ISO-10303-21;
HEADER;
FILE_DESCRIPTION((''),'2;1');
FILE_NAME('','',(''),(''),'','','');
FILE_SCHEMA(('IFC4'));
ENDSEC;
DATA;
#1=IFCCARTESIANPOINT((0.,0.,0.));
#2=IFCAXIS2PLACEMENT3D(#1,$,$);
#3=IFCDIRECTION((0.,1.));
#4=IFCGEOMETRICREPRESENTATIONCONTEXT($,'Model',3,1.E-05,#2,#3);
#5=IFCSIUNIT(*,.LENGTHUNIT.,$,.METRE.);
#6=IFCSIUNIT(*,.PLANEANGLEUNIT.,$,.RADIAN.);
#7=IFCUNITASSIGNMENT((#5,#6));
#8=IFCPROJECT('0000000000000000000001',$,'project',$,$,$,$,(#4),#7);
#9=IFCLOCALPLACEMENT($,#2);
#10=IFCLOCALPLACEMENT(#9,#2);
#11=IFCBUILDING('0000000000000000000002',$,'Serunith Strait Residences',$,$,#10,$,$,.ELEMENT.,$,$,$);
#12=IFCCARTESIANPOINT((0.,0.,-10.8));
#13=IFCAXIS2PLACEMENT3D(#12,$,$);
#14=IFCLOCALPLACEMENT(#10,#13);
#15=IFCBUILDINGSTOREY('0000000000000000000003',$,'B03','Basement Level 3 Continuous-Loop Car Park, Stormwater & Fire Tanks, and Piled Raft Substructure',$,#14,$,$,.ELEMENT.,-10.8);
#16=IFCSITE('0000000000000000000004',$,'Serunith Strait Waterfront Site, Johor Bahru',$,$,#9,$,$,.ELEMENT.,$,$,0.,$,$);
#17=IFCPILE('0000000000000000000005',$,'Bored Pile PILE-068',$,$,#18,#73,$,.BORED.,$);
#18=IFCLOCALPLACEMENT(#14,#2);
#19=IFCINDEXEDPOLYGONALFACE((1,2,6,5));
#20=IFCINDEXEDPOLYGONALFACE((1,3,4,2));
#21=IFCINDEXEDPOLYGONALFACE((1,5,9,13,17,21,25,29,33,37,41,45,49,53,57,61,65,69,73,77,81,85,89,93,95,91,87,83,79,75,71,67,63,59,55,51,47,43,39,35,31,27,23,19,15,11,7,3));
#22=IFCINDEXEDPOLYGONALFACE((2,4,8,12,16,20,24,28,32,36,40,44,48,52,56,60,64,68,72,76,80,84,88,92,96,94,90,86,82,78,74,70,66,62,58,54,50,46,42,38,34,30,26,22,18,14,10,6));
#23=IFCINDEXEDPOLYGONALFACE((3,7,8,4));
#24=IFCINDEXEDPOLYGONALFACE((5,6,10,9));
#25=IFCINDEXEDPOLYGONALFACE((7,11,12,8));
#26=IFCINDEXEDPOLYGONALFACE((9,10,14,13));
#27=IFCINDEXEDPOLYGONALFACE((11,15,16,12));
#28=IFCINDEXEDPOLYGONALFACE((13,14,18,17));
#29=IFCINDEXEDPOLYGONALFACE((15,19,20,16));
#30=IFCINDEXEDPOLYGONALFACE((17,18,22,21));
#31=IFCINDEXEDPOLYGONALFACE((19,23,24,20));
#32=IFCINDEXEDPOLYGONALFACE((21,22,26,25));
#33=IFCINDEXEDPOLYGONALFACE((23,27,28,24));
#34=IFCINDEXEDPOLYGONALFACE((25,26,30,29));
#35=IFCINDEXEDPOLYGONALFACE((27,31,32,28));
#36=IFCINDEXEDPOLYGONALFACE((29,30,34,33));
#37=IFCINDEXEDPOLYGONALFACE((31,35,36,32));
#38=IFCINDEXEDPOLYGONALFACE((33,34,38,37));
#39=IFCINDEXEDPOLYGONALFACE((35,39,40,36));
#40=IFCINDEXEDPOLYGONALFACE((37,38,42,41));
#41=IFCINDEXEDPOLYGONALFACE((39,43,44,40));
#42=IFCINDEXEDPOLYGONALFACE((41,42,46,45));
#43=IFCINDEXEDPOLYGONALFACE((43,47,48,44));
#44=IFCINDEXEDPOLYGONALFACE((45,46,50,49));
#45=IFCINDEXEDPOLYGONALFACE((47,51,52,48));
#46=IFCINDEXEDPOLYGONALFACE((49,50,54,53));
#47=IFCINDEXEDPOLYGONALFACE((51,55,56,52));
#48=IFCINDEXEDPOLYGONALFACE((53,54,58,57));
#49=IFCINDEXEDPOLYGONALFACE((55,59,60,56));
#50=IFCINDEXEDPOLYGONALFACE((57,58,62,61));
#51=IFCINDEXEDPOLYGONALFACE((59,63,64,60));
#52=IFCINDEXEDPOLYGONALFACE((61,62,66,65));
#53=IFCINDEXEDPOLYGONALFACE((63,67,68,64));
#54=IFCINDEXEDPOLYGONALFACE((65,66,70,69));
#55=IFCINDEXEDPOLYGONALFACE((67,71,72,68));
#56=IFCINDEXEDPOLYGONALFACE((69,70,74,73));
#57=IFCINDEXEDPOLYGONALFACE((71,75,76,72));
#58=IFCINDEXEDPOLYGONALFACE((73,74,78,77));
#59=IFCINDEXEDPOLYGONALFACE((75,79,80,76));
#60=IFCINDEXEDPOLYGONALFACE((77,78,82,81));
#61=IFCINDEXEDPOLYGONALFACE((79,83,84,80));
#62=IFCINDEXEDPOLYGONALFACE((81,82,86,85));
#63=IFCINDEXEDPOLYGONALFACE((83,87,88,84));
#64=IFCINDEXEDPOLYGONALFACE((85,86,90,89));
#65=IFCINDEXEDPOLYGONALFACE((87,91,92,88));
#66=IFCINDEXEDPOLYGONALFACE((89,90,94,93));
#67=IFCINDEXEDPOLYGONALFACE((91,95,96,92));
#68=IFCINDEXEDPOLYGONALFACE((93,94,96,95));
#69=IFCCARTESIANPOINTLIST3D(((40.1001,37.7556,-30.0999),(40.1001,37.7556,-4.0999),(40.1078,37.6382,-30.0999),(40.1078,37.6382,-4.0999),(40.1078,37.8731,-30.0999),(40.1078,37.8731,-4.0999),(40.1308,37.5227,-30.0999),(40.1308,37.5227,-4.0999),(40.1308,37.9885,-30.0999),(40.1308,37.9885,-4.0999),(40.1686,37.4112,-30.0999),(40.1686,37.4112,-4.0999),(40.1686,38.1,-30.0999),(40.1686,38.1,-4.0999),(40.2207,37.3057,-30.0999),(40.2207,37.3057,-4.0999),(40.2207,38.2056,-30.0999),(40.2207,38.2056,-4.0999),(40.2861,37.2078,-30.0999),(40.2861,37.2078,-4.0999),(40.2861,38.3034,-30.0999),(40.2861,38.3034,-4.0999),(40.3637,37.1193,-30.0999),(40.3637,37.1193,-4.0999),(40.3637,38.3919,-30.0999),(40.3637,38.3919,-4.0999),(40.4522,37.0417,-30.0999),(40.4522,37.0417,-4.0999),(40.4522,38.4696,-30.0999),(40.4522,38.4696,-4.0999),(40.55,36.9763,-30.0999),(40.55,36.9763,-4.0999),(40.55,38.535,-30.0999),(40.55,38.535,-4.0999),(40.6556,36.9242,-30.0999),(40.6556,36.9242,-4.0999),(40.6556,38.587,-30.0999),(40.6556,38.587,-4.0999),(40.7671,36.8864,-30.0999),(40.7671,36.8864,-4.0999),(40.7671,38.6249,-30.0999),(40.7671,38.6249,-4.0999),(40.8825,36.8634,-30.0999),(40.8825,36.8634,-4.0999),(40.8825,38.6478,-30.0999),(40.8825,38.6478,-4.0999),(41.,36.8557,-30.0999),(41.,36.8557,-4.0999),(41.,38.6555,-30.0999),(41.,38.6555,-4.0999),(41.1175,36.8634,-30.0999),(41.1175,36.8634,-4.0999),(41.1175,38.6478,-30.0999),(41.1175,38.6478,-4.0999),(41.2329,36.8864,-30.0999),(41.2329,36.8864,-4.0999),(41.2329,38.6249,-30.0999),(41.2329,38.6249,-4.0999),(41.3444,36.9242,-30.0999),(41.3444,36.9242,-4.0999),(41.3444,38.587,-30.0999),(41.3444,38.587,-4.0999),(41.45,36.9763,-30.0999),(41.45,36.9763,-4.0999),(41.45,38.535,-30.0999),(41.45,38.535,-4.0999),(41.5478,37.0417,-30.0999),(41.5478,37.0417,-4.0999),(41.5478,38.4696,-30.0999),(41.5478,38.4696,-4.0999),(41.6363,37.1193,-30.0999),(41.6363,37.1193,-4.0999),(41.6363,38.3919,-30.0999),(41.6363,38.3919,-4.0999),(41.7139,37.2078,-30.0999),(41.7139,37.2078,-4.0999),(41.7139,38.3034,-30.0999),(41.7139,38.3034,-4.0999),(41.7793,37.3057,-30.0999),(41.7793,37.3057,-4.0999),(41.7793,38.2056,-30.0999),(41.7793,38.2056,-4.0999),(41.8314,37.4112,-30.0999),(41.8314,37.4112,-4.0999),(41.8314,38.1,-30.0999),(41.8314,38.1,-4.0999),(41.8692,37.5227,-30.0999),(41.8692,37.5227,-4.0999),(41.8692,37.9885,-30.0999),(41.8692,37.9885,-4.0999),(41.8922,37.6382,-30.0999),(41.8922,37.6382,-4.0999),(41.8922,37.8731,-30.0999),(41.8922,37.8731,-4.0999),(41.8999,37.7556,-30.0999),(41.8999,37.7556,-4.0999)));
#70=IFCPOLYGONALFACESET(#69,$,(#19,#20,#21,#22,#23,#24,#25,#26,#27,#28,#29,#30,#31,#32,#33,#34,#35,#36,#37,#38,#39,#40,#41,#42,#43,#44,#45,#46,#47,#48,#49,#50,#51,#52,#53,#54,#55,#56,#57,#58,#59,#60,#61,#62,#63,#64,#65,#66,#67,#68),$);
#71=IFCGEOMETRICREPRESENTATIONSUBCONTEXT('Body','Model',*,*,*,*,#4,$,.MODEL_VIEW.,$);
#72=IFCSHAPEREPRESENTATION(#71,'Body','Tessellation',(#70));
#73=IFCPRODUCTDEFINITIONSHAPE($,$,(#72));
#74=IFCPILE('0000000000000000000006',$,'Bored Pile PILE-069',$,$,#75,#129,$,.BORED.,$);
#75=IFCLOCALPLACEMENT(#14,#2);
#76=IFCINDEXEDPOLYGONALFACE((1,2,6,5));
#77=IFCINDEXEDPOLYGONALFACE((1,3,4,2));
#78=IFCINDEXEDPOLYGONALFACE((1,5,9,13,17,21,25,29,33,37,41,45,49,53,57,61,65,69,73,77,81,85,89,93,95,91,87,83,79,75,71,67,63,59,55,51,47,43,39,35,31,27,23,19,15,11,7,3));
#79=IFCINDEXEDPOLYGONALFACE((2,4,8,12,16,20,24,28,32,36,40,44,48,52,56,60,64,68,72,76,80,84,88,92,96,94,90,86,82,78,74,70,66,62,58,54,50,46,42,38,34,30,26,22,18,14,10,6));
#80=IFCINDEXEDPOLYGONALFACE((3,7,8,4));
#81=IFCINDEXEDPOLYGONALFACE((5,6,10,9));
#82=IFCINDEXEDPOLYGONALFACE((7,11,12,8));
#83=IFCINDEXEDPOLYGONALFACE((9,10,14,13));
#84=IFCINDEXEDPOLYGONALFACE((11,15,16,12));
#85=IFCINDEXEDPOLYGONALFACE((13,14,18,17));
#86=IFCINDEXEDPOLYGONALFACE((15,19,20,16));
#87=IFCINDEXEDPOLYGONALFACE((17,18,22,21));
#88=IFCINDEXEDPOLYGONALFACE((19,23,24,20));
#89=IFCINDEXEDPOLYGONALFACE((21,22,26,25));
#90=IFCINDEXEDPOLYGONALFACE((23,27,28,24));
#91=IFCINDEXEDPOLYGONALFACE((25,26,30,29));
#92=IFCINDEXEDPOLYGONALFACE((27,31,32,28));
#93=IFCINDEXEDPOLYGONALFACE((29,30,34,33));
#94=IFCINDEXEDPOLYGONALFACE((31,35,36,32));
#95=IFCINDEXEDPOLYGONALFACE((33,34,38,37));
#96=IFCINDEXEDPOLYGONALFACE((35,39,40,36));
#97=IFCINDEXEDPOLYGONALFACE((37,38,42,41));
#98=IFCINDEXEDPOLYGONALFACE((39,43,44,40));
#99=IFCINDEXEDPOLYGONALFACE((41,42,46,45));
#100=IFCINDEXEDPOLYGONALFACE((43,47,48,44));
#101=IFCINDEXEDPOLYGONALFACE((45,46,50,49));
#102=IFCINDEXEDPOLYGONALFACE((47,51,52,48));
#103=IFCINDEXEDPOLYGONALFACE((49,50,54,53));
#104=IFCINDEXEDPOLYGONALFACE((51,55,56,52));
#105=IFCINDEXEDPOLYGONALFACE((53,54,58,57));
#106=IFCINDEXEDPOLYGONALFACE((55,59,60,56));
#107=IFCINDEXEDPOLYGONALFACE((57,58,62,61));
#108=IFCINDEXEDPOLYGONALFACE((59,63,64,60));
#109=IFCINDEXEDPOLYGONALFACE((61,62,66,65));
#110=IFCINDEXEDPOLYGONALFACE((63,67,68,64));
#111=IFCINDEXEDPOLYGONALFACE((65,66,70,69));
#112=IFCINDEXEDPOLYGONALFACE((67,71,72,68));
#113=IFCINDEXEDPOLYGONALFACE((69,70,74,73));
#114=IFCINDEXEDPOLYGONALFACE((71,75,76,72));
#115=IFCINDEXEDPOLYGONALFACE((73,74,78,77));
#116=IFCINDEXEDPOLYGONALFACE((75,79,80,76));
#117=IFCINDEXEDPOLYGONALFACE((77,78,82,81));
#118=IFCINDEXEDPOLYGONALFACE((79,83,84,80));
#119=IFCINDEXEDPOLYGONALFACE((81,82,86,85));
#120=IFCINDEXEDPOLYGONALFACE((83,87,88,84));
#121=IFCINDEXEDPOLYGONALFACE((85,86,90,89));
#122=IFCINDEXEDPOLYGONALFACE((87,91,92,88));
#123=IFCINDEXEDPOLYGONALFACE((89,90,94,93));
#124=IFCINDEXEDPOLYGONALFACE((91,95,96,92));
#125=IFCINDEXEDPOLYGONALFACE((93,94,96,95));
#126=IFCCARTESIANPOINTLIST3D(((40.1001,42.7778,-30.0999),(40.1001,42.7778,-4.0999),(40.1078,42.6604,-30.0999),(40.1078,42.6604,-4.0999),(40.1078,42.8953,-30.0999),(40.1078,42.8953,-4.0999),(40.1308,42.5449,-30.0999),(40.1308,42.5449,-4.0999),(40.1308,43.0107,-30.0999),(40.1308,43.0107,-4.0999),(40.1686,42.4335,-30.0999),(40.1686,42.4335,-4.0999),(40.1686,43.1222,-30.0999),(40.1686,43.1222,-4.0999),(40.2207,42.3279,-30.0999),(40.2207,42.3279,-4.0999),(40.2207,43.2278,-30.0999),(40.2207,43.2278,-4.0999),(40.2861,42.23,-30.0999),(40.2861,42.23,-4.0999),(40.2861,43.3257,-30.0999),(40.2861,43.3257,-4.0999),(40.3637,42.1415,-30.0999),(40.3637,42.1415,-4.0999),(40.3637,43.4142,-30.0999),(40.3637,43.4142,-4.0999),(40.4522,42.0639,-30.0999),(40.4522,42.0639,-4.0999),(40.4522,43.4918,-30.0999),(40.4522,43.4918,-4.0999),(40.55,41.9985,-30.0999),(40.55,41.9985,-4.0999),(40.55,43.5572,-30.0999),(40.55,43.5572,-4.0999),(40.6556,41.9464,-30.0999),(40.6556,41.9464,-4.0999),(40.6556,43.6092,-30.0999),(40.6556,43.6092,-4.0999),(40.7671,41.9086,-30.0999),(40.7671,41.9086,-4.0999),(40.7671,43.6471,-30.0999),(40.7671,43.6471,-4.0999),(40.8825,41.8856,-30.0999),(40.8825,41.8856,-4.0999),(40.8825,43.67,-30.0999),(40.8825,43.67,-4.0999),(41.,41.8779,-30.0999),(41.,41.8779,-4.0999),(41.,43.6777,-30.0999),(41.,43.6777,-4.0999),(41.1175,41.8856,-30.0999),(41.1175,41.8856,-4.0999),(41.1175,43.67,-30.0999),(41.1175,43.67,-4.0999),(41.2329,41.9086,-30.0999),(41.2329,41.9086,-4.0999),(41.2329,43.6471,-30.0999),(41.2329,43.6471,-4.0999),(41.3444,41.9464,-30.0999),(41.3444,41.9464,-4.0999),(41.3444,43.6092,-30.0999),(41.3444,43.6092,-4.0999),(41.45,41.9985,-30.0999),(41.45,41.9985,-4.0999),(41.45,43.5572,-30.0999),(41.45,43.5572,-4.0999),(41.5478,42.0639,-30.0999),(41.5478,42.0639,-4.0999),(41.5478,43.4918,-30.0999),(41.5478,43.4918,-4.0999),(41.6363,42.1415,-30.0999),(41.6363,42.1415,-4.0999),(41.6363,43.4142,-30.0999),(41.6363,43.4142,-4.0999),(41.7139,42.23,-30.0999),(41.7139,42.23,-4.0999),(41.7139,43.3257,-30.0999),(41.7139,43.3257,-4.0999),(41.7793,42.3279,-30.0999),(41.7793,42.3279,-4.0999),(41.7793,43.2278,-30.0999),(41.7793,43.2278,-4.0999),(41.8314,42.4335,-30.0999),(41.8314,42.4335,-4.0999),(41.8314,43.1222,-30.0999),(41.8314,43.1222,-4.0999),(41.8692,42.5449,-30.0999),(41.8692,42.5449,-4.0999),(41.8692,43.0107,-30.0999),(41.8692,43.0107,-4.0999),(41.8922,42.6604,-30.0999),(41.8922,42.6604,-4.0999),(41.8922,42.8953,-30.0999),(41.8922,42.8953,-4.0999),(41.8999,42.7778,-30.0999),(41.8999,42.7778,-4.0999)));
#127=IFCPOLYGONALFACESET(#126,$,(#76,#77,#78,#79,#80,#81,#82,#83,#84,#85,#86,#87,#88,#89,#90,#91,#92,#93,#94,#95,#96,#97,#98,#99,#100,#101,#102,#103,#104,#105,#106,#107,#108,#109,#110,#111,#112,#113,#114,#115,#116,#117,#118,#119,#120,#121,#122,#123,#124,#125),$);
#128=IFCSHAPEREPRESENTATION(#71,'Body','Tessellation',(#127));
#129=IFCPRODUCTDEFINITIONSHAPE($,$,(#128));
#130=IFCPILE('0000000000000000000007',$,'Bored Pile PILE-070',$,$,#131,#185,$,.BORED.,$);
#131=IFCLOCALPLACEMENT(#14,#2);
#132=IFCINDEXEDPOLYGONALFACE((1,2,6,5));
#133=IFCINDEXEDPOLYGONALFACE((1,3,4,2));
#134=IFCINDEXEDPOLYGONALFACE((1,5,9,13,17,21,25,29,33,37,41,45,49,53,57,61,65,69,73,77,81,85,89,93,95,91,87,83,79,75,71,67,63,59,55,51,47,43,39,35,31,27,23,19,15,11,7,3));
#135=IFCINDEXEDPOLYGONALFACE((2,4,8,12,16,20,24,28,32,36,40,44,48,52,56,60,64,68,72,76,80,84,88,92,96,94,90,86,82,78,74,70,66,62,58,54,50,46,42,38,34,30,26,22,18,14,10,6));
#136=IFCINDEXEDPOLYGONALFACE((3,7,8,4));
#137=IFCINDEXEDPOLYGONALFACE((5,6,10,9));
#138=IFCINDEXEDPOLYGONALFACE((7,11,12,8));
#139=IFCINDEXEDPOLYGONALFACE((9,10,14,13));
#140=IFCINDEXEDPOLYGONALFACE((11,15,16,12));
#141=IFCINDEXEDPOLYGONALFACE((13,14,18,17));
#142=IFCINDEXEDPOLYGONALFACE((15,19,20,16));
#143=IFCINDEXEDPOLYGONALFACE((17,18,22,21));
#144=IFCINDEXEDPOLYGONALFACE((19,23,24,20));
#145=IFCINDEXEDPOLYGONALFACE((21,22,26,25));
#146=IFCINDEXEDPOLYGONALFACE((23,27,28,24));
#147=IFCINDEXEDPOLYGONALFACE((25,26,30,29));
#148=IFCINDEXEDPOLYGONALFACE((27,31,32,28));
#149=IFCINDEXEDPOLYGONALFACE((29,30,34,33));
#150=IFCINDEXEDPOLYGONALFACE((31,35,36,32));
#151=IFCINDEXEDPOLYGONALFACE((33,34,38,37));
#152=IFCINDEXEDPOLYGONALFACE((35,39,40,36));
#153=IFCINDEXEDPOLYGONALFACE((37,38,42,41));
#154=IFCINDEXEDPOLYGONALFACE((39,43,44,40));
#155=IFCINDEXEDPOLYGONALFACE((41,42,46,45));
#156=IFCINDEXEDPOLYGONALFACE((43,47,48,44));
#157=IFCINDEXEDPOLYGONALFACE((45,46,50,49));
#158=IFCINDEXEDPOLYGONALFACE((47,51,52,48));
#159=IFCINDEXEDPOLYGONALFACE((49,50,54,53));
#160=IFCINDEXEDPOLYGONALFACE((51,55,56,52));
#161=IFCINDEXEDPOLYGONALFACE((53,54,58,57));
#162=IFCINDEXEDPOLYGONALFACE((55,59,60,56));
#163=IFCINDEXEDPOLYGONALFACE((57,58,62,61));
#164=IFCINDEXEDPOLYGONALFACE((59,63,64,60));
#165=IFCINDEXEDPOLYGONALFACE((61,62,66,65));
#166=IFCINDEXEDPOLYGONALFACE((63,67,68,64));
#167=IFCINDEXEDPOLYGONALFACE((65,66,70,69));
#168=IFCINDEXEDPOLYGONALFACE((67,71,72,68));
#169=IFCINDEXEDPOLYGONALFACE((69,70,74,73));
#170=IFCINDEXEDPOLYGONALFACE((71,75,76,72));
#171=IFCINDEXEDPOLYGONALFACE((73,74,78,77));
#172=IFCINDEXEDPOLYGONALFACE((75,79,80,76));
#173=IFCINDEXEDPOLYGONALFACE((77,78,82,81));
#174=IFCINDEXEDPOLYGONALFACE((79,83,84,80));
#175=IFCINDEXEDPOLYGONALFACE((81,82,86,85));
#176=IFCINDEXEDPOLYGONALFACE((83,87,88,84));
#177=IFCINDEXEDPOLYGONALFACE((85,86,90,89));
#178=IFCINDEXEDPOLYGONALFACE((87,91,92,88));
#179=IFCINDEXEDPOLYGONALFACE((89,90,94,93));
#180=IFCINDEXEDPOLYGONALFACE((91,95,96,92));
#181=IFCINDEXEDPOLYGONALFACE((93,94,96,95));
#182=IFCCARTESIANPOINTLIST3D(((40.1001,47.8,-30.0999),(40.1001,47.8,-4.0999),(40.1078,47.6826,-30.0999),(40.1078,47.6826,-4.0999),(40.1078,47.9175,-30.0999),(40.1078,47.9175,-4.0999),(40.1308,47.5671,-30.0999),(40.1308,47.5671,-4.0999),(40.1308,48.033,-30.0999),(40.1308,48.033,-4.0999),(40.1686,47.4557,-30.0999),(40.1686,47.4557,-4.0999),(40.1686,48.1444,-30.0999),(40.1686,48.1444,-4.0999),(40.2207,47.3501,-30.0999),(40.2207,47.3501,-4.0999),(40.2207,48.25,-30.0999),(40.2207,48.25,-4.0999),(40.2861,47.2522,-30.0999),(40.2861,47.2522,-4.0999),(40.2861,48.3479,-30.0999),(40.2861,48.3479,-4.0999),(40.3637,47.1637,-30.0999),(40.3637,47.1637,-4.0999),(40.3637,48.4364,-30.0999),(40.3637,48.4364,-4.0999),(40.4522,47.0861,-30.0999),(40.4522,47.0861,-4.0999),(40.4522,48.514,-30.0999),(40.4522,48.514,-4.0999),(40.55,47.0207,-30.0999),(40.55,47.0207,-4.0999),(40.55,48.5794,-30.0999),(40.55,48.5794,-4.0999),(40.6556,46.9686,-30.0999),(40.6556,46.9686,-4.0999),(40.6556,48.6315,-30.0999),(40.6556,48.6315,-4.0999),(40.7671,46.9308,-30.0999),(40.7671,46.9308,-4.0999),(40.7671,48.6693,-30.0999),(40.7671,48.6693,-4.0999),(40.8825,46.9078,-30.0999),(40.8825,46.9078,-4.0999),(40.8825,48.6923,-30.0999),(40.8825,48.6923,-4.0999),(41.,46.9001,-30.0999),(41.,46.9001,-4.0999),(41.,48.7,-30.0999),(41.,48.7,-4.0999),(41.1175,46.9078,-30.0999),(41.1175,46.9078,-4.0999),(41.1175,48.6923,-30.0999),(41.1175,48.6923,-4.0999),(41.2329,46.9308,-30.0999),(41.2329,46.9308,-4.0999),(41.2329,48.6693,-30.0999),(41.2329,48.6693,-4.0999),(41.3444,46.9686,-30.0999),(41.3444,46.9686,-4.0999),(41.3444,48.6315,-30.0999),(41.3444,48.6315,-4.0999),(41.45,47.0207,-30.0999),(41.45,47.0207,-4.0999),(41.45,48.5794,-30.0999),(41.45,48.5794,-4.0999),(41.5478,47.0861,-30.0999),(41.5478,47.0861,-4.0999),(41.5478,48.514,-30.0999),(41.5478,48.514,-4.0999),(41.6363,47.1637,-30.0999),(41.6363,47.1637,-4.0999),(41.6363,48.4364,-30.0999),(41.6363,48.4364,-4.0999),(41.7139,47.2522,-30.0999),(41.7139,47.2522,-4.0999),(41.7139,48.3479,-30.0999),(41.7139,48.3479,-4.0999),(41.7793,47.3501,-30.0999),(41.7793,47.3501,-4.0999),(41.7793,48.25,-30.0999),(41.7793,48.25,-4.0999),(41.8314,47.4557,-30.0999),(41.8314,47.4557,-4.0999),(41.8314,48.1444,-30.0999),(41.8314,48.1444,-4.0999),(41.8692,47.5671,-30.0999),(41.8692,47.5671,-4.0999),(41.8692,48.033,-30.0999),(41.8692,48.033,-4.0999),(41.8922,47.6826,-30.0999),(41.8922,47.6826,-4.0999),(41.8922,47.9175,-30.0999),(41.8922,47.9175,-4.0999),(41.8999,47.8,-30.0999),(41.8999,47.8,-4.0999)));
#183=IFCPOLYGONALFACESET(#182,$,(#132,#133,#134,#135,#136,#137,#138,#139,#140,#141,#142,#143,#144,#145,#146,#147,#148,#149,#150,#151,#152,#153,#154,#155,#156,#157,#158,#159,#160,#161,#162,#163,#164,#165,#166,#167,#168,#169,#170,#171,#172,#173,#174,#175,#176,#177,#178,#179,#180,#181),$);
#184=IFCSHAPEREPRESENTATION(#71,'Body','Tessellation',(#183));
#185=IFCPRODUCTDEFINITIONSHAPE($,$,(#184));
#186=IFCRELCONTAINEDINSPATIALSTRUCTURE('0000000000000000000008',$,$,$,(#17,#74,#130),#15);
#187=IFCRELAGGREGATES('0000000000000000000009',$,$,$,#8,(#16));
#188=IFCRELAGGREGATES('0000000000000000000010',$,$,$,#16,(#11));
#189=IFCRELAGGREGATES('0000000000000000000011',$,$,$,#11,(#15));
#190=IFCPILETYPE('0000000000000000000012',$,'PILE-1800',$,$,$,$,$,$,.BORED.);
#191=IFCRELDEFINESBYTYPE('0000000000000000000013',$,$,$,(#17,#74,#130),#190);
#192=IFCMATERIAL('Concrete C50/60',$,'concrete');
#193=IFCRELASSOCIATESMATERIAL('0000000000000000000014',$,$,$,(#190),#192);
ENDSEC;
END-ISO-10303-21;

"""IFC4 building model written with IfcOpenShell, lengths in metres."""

from ifc_helpers import new_model, si_unit, direction, frame, origin, origin_2d, place, context, subcontext, project, spatial, circle, extrude, source, transform, mapped, material, material_profile, profile_set, type_object, element, save


model = new_model("IFC4")

# Units and contexts
model_context = context("Model", 3, precision=1e-05, world=origin(), true_north=direction((0.0, 1.0)))
body_context = subcontext(model_context, "Body", "Model", "MODEL_VIEW")
ifc_project = project(units=[si_unit("LENGTHUNIT", "METRE"), si_unit("PLANEANGLEUNIT", "RADIAN")], contexts=[model_context])

# Site, building, storey
site_placement = place(None, origin())
site = spatial("IfcSite", under=ifc_project, at=site_placement, Name="Serunith Strait Waterfront Site, Johor Bahru", CompositionType="ELEMENT", RefElevation=0.0)
building_placement = place(site_placement, origin())
building = spatial("IfcBuilding", under=site, at=building_placement, Name="Serunith Strait Residences", CompositionType="ELEMENT")
storey_placement = place(building_placement, frame((0.0, 0.0, -10.8)))
storey = spatial("IfcBuildingStorey", under=building, at=storey_placement, Name="B03", Description="Basement Level 3 Continuous-Loop Car Park, Stormwater & Fire Tanks, and Piled Raft Substructure", CompositionType="ELEMENT", Elevation=-10.8)

# Piles
ifc_material_1 = material(Name="Concrete C50/60", Category="concrete")
ifc_material_profile_1 = material_profile(ifc_material_1, circle(Radius=0.8999, at=origin_2d()), Name="PILE D1800")
ifc_profile_set_1 = profile_set([ifc_material_profile_1], Name="Concrete C50/60")
pile_type_1 = type_object("IfcPileType", Name="PILE-1800", PredefinedType="BORED", material=ifc_profile_set_1)
shared_shape_1 = source(origin(), body_context, "Body", "SweptSolid", [
    extrude(circle(Radius=0.8999, at=origin_2d()), origin(), (0.0, 0.0, 1.0), 26.0),
])
for number, where, z_axis, x_axis, name in (
    (1, (41.0, 37.7556, -4.0999), (0.0, 0.0, -1.0), (1.0, 0.0, 0.0), "Bored Pile PILE-068"),
    (2, (41.0, 42.7778, -4.0999), (0.0, 0.0, -1.0), (1.0, 0.0, 0.0), "Bored Pile PILE-069"),
    (3, (41.0, 47.8, -4.0999), (0.0, 0.0, -1.0), (1.0, 0.0, 0.0), "Bored Pile PILE-070"),
):
    element("IfcPile", number, at=place(storey_placement, frame(where, z_axis=z_axis, x_axis=x_axis)), inside=storey, type_object=pile_type_1, Name=name, PredefinedType="BORED", context=body_context, shape_type="MappedRepresentation", body=[
        mapped(shared_shape_1, transform((0.0, 0.0, 0.0), scale=1.0)),
    ])

save(model, "model.ifc")
